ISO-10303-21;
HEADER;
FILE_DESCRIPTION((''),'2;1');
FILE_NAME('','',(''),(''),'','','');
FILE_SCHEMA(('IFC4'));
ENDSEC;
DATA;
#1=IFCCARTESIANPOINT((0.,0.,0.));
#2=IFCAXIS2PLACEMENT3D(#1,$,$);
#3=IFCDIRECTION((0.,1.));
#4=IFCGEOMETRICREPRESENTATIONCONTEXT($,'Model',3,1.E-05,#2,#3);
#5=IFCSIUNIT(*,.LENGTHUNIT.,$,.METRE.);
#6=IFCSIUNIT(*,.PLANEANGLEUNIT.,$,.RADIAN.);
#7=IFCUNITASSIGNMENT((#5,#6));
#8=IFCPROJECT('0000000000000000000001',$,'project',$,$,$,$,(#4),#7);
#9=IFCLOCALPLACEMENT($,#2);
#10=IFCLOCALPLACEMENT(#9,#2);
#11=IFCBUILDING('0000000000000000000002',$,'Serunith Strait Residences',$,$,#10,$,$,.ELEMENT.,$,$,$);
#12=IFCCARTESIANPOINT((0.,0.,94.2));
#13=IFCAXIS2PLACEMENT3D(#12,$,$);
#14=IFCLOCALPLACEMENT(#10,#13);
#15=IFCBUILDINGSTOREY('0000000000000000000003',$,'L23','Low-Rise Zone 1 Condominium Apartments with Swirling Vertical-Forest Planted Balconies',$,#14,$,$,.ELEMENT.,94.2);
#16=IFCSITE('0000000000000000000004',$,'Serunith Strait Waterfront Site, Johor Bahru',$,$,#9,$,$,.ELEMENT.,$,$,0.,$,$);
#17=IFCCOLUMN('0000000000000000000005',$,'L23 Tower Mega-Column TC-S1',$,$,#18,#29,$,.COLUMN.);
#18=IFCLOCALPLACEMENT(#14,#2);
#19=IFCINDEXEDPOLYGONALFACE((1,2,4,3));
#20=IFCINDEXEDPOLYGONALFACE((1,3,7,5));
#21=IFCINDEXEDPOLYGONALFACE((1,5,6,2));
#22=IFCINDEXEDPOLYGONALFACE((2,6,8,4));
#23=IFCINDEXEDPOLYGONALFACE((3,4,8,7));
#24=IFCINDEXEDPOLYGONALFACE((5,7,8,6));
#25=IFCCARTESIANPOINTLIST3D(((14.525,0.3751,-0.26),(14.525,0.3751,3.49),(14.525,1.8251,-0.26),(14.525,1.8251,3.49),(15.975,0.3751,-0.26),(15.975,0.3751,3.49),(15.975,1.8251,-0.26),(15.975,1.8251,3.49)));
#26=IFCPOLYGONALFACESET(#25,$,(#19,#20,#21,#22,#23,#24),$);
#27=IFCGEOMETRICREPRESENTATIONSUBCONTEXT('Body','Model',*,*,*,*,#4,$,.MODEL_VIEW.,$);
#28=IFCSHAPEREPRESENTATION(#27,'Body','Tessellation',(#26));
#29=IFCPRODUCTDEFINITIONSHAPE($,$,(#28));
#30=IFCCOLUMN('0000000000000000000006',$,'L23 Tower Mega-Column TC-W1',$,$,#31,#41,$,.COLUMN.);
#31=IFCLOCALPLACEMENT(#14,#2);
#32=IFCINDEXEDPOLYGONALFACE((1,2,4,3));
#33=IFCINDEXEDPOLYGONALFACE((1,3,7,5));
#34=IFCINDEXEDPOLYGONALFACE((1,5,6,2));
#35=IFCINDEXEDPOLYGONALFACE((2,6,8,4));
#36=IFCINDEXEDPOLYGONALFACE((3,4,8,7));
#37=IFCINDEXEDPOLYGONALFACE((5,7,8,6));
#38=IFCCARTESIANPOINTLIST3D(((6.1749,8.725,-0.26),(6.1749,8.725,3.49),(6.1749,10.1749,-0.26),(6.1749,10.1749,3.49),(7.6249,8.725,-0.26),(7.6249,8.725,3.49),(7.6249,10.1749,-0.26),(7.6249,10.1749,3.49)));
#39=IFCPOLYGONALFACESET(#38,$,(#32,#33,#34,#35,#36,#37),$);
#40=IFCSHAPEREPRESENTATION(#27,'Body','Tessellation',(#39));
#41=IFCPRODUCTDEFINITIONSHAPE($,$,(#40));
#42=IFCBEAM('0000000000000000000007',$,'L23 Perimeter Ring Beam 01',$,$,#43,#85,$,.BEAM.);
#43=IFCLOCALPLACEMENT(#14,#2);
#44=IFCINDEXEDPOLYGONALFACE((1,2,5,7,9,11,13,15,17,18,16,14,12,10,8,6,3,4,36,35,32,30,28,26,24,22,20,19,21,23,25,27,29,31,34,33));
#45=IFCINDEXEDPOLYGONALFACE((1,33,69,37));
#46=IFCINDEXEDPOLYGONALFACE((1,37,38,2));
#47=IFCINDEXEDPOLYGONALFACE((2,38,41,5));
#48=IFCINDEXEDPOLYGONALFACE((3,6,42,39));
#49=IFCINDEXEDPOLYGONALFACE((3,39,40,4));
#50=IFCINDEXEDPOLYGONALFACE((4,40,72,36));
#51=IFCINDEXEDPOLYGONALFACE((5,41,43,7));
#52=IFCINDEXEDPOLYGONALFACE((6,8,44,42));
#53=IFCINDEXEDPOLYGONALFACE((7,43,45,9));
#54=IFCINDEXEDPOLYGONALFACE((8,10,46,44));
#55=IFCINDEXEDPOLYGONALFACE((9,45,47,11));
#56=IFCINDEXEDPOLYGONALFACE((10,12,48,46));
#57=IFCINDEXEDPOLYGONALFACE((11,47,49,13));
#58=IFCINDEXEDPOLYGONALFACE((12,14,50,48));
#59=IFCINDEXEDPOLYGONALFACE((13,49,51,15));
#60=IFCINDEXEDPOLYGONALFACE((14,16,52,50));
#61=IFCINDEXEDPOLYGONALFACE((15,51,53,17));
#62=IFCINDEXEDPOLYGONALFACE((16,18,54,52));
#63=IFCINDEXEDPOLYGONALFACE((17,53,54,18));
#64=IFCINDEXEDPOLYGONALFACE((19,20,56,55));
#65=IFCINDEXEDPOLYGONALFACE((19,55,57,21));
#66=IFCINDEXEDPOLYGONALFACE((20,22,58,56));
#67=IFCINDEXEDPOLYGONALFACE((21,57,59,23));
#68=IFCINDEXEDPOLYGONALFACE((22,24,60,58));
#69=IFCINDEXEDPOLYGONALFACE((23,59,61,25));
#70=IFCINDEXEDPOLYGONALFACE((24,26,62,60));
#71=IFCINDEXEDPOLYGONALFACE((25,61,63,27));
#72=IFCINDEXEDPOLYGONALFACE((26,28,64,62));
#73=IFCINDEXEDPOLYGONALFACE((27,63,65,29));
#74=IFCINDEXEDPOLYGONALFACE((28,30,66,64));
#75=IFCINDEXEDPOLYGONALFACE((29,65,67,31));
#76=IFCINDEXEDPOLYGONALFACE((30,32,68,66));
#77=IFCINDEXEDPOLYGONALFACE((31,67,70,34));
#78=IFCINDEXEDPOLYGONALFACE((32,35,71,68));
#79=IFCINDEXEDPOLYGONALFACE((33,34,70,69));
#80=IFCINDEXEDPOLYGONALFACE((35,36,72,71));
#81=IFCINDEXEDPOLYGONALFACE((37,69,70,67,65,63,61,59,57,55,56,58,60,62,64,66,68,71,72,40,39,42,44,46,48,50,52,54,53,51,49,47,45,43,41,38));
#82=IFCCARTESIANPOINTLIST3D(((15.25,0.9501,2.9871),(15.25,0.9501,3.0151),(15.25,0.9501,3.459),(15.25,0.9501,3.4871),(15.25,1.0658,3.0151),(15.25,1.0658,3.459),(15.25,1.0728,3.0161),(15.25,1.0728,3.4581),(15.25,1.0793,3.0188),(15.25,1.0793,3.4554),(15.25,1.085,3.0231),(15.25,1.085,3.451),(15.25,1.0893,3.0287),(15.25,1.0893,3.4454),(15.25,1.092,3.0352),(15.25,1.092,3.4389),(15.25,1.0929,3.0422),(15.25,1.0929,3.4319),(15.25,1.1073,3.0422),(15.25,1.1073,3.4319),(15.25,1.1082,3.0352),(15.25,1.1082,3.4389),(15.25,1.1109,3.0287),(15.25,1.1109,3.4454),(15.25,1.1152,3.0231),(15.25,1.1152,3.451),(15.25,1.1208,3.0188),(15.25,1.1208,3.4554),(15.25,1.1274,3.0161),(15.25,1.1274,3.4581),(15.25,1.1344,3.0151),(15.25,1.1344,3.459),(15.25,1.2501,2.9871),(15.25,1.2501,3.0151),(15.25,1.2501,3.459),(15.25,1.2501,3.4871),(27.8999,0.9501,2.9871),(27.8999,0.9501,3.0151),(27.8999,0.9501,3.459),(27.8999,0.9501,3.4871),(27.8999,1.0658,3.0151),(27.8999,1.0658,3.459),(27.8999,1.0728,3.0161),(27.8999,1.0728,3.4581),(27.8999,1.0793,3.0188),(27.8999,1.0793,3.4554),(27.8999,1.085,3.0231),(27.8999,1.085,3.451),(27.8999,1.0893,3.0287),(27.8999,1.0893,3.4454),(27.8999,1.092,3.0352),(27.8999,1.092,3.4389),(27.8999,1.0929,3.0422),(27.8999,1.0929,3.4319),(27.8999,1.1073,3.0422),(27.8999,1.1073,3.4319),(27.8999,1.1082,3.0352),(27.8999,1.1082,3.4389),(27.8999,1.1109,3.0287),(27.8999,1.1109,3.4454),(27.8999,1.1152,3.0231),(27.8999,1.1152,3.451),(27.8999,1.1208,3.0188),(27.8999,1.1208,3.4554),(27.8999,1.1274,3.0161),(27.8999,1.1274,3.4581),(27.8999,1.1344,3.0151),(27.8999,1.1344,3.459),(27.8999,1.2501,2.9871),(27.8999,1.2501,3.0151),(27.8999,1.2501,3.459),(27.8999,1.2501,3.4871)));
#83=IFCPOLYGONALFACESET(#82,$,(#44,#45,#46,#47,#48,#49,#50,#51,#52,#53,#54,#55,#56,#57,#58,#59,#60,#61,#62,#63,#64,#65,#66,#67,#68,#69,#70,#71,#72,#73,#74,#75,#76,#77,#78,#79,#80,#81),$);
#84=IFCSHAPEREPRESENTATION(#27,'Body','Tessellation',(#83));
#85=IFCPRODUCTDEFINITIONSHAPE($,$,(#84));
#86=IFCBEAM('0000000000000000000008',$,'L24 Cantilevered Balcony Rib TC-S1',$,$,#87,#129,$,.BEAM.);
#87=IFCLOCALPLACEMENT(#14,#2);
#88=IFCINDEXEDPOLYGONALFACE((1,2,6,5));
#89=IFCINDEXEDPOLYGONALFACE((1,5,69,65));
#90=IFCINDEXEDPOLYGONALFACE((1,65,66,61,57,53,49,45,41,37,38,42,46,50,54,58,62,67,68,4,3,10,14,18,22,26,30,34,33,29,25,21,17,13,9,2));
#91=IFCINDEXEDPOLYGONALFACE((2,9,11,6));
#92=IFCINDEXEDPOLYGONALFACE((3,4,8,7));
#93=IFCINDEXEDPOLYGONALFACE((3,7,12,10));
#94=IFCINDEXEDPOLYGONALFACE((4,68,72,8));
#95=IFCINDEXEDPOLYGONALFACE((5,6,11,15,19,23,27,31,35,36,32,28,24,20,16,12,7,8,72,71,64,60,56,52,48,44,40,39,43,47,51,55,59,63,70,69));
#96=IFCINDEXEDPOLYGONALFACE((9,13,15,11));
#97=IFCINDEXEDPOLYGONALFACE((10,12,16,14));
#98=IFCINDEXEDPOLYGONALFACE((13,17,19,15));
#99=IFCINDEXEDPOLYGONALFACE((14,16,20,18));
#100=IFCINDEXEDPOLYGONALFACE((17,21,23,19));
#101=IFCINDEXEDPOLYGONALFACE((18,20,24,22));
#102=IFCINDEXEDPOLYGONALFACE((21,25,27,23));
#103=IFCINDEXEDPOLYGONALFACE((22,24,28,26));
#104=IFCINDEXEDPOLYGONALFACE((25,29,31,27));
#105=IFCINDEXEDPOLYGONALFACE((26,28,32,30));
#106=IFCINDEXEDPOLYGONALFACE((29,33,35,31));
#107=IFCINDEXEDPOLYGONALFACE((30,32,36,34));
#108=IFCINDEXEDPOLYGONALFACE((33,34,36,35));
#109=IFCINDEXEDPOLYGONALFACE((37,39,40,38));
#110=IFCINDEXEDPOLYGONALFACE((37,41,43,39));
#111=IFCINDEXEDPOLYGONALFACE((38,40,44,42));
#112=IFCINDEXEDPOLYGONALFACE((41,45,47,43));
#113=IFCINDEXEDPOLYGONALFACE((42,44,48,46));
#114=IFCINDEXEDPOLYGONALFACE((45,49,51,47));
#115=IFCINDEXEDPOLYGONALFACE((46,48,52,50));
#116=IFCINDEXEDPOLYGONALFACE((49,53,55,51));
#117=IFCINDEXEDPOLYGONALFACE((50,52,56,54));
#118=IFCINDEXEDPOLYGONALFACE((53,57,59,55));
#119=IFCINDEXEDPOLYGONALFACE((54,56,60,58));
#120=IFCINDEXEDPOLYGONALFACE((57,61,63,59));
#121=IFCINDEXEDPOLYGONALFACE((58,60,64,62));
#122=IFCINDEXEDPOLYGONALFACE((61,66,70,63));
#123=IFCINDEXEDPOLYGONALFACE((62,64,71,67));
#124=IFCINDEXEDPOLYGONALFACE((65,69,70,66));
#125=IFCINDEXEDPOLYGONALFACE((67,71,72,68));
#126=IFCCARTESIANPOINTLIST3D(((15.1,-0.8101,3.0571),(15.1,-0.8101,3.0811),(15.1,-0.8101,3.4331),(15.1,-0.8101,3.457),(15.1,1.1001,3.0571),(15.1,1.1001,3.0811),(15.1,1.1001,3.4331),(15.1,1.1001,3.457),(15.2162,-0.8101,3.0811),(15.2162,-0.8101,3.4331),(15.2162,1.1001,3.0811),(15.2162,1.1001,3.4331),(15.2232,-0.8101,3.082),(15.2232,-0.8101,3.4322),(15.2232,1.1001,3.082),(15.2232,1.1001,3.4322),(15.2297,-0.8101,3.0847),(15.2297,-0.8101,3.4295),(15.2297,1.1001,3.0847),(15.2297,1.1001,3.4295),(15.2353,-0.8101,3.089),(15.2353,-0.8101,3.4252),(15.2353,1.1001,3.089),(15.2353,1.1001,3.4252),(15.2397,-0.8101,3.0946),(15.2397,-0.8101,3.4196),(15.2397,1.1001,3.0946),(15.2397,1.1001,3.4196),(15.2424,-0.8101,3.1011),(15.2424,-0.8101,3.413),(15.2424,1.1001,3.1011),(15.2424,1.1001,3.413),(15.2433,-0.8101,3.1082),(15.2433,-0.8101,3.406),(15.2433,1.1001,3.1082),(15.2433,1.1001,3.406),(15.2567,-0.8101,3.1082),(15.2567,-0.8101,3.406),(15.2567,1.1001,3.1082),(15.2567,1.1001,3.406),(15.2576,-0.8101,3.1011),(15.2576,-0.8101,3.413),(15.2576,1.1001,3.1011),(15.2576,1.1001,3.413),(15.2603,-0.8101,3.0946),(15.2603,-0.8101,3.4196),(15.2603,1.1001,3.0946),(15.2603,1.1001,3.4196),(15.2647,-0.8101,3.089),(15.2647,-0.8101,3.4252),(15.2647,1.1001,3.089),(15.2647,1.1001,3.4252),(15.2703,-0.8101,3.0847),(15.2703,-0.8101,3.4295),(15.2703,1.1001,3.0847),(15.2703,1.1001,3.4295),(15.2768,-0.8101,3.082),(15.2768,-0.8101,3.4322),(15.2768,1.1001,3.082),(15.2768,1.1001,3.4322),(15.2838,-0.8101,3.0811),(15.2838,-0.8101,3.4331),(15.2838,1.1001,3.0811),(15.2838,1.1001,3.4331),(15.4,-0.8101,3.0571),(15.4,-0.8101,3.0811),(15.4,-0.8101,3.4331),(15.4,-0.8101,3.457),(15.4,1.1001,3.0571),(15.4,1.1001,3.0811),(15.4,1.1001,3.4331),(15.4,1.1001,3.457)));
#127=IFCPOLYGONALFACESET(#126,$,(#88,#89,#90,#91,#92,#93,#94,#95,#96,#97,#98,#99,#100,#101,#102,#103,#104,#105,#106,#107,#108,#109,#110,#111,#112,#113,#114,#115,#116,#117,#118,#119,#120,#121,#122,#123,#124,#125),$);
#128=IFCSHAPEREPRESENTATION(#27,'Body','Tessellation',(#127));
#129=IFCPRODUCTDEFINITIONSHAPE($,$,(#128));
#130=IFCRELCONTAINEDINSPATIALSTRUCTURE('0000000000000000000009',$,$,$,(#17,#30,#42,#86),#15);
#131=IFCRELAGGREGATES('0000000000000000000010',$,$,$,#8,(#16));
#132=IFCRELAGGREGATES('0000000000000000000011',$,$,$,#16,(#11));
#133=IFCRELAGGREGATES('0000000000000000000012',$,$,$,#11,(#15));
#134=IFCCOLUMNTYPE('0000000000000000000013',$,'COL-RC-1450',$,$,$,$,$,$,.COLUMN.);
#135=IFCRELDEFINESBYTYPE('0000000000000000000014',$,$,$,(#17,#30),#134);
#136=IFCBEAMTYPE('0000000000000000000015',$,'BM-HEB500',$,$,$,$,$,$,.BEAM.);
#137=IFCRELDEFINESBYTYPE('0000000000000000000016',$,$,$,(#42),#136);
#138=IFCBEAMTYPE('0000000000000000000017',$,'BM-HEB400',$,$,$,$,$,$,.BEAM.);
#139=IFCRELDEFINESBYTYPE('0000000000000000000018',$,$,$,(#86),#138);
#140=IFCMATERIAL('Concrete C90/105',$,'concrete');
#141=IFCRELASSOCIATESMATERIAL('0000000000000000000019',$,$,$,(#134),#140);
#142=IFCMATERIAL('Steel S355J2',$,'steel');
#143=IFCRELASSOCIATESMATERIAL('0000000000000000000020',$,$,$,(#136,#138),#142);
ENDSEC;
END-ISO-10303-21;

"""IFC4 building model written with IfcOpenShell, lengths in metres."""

from ifc_helpers import new_model, si_unit, direction, frame, origin, origin_2d, place, context, subcontext, project, spatial, rectangle, i_section, extrude, source, transform, mapped, material, material_profile, profile_set, type_object, element, save


model = new_model("IFC4")

# Units and contexts
model_context = context("Model", 3, precision=1e-05, world=origin(), true_north=direction((0.0, 1.0)))
body_context = subcontext(model_context, "Body", "Model", "MODEL_VIEW")
ifc_project = project(units=[si_unit("LENGTHUNIT", "METRE"), si_unit("PLANEANGLEUNIT", "RADIAN")], contexts=[model_context])

# Site, building, storey
site_placement = place(None, origin())
site = spatial("IfcSite", under=ifc_project, at=site_placement, Name="Serunith Strait Waterfront Site, Johor Bahru", CompositionType="ELEMENT", RefElevation=0.0)
building_placement = place(site_placement, origin())
building = spatial("IfcBuilding", under=site, at=building_placement, Name="Serunith Strait Residences", CompositionType="ELEMENT")
storey_placement = place(building_placement, frame((0.0, 0.0, 94.2)))
storey = spatial("IfcBuildingStorey", under=building, at=storey_placement, Name="L23", Description="Low-Rise Zone 1 Condominium Apartments with Swirling Vertical-Forest Planted Balconies", CompositionType="ELEMENT", Elevation=94.2)

# Columns
ifc_material_1 = material(Name="Concrete C90/105", Category="concrete")
ifc_material_profile_1 = material_profile(ifc_material_1, rectangle(XDim=1.45, YDim=1.45, at=origin_2d()), Name="RC 1450x1450")
ifc_profile_set_1 = profile_set([ifc_material_profile_1], Name="Concrete C90/105")
column_type = type_object("IfcColumnType", Name="COL-RC-1450", PredefinedType="COLUMN", material=ifc_profile_set_1)
shared_shape_1 = source(origin(), body_context, "Body", "SweptSolid", [
    extrude(rectangle(XDim=1.45, YDim=1.45, at=origin_2d()), origin(), (0.0, 0.0, 1.0), 3.75),
])
for number, where, z_axis, x_axis, name in (
    (1, (15.25, 1.1001, -0.26), (0.0, 0.0, 1.0), (1.0, 0.0, 0.0), "L23 Tower Mega-Column TC-S1"),
    (2, (6.8999, 9.45, -0.26), (0.0, 0.0, 1.0), (1.0, 0.0, 0.0), "L23 Tower Mega-Column TC-W1"),
):
    element("IfcColumn", number, at=place(storey_placement, frame(where, z_axis=z_axis, x_axis=x_axis)), inside=storey, type_object=column_type, Name=name, PredefinedType="COLUMN", context=body_context, shape_type="MappedRepresentation", body=[
        mapped(shared_shape_1, transform((0.0, 0.0, 0.0), scale=1.0)),
    ])

# Beams
ifc_material_2 = material(Name="Steel S355J2", Category="steel")
ifc_material_profile_2 = material_profile(ifc_material_2, i_section(OverallWidth=0.3, OverallDepth=0.5, WebThickness=0.0144, FlangeThickness=0.0281, FilletRadius=0.0271, at=origin_2d()), Name="HEB 500")
ifc_profile_set_2 = profile_set([ifc_material_profile_2], Name="Steel S355J2")
beam_type_1 = type_object("IfcBeamType", Name="BM-HEB500", PredefinedType="BEAM", material=ifc_profile_set_2)
shared_shape_2 = source(origin(), body_context, "Body", "SweptSolid", [
    extrude(i_section(OverallWidth=0.3, OverallDepth=0.5, WebThickness=0.0144, FlangeThickness=0.0281, FilletRadius=0.0271, at=origin_2d()), origin(), (0.0, 0.0, 1.0), 12.6499),
])
beam_1_placement = place(storey_placement, frame((15.25, 1.1001, 3.2371), z_axis=(1.0, 0.0, 0.0), x_axis=(0.0, 1.0, 0.0)))
element("IfcBeam", 3, at=beam_1_placement, inside=storey, type_object=beam_type_1, Name="L23 Perimeter Ring Beam 01", PredefinedType="BEAM", context=body_context, shape_type="MappedRepresentation", body=[
    mapped(shared_shape_2, transform((0.0, 0.0, 0.0), scale=1.0)),
])
ifc_material_profile_3 = material_profile(ifc_material_2, i_section(OverallWidth=0.3, OverallDepth=0.3999, WebThickness=0.0134, FlangeThickness=0.0239, FilletRadius=0.0271, at=origin_2d()), Name="HEB 400")
ifc_profile_set_3 = profile_set([ifc_material_profile_3], Name="Steel S355J2")
beam_type_2 = type_object("IfcBeamType", Name="BM-HEB400", PredefinedType="BEAM", material=ifc_profile_set_3)
shared_shape_3 = source(origin(), body_context, "Body", "SweptSolid", [
    extrude(i_section(OverallWidth=0.3, OverallDepth=0.3999, WebThickness=0.0134, FlangeThickness=0.0239, FilletRadius=0.0271, at=origin_2d()), origin(), (0.0, 0.0, 1.0), 1.9102),
])
beam_2_placement = place(storey_placement, frame((15.25, 1.1001, 3.2571), z_axis=(0.0, -1.0, 0.0), x_axis=(1.0, 0.0, 0.0)))
element("IfcBeam", 4, at=beam_2_placement, inside=storey, type_object=beam_type_2, Name="L24 Cantilevered Balcony Rib TC-S1", PredefinedType="BEAM", context=body_context, shape_type="MappedRepresentation", body=[
    mapped(shared_shape_3, transform((0.0, 0.0, 0.0), scale=1.0)),
])

save(model, "model.ifc")
